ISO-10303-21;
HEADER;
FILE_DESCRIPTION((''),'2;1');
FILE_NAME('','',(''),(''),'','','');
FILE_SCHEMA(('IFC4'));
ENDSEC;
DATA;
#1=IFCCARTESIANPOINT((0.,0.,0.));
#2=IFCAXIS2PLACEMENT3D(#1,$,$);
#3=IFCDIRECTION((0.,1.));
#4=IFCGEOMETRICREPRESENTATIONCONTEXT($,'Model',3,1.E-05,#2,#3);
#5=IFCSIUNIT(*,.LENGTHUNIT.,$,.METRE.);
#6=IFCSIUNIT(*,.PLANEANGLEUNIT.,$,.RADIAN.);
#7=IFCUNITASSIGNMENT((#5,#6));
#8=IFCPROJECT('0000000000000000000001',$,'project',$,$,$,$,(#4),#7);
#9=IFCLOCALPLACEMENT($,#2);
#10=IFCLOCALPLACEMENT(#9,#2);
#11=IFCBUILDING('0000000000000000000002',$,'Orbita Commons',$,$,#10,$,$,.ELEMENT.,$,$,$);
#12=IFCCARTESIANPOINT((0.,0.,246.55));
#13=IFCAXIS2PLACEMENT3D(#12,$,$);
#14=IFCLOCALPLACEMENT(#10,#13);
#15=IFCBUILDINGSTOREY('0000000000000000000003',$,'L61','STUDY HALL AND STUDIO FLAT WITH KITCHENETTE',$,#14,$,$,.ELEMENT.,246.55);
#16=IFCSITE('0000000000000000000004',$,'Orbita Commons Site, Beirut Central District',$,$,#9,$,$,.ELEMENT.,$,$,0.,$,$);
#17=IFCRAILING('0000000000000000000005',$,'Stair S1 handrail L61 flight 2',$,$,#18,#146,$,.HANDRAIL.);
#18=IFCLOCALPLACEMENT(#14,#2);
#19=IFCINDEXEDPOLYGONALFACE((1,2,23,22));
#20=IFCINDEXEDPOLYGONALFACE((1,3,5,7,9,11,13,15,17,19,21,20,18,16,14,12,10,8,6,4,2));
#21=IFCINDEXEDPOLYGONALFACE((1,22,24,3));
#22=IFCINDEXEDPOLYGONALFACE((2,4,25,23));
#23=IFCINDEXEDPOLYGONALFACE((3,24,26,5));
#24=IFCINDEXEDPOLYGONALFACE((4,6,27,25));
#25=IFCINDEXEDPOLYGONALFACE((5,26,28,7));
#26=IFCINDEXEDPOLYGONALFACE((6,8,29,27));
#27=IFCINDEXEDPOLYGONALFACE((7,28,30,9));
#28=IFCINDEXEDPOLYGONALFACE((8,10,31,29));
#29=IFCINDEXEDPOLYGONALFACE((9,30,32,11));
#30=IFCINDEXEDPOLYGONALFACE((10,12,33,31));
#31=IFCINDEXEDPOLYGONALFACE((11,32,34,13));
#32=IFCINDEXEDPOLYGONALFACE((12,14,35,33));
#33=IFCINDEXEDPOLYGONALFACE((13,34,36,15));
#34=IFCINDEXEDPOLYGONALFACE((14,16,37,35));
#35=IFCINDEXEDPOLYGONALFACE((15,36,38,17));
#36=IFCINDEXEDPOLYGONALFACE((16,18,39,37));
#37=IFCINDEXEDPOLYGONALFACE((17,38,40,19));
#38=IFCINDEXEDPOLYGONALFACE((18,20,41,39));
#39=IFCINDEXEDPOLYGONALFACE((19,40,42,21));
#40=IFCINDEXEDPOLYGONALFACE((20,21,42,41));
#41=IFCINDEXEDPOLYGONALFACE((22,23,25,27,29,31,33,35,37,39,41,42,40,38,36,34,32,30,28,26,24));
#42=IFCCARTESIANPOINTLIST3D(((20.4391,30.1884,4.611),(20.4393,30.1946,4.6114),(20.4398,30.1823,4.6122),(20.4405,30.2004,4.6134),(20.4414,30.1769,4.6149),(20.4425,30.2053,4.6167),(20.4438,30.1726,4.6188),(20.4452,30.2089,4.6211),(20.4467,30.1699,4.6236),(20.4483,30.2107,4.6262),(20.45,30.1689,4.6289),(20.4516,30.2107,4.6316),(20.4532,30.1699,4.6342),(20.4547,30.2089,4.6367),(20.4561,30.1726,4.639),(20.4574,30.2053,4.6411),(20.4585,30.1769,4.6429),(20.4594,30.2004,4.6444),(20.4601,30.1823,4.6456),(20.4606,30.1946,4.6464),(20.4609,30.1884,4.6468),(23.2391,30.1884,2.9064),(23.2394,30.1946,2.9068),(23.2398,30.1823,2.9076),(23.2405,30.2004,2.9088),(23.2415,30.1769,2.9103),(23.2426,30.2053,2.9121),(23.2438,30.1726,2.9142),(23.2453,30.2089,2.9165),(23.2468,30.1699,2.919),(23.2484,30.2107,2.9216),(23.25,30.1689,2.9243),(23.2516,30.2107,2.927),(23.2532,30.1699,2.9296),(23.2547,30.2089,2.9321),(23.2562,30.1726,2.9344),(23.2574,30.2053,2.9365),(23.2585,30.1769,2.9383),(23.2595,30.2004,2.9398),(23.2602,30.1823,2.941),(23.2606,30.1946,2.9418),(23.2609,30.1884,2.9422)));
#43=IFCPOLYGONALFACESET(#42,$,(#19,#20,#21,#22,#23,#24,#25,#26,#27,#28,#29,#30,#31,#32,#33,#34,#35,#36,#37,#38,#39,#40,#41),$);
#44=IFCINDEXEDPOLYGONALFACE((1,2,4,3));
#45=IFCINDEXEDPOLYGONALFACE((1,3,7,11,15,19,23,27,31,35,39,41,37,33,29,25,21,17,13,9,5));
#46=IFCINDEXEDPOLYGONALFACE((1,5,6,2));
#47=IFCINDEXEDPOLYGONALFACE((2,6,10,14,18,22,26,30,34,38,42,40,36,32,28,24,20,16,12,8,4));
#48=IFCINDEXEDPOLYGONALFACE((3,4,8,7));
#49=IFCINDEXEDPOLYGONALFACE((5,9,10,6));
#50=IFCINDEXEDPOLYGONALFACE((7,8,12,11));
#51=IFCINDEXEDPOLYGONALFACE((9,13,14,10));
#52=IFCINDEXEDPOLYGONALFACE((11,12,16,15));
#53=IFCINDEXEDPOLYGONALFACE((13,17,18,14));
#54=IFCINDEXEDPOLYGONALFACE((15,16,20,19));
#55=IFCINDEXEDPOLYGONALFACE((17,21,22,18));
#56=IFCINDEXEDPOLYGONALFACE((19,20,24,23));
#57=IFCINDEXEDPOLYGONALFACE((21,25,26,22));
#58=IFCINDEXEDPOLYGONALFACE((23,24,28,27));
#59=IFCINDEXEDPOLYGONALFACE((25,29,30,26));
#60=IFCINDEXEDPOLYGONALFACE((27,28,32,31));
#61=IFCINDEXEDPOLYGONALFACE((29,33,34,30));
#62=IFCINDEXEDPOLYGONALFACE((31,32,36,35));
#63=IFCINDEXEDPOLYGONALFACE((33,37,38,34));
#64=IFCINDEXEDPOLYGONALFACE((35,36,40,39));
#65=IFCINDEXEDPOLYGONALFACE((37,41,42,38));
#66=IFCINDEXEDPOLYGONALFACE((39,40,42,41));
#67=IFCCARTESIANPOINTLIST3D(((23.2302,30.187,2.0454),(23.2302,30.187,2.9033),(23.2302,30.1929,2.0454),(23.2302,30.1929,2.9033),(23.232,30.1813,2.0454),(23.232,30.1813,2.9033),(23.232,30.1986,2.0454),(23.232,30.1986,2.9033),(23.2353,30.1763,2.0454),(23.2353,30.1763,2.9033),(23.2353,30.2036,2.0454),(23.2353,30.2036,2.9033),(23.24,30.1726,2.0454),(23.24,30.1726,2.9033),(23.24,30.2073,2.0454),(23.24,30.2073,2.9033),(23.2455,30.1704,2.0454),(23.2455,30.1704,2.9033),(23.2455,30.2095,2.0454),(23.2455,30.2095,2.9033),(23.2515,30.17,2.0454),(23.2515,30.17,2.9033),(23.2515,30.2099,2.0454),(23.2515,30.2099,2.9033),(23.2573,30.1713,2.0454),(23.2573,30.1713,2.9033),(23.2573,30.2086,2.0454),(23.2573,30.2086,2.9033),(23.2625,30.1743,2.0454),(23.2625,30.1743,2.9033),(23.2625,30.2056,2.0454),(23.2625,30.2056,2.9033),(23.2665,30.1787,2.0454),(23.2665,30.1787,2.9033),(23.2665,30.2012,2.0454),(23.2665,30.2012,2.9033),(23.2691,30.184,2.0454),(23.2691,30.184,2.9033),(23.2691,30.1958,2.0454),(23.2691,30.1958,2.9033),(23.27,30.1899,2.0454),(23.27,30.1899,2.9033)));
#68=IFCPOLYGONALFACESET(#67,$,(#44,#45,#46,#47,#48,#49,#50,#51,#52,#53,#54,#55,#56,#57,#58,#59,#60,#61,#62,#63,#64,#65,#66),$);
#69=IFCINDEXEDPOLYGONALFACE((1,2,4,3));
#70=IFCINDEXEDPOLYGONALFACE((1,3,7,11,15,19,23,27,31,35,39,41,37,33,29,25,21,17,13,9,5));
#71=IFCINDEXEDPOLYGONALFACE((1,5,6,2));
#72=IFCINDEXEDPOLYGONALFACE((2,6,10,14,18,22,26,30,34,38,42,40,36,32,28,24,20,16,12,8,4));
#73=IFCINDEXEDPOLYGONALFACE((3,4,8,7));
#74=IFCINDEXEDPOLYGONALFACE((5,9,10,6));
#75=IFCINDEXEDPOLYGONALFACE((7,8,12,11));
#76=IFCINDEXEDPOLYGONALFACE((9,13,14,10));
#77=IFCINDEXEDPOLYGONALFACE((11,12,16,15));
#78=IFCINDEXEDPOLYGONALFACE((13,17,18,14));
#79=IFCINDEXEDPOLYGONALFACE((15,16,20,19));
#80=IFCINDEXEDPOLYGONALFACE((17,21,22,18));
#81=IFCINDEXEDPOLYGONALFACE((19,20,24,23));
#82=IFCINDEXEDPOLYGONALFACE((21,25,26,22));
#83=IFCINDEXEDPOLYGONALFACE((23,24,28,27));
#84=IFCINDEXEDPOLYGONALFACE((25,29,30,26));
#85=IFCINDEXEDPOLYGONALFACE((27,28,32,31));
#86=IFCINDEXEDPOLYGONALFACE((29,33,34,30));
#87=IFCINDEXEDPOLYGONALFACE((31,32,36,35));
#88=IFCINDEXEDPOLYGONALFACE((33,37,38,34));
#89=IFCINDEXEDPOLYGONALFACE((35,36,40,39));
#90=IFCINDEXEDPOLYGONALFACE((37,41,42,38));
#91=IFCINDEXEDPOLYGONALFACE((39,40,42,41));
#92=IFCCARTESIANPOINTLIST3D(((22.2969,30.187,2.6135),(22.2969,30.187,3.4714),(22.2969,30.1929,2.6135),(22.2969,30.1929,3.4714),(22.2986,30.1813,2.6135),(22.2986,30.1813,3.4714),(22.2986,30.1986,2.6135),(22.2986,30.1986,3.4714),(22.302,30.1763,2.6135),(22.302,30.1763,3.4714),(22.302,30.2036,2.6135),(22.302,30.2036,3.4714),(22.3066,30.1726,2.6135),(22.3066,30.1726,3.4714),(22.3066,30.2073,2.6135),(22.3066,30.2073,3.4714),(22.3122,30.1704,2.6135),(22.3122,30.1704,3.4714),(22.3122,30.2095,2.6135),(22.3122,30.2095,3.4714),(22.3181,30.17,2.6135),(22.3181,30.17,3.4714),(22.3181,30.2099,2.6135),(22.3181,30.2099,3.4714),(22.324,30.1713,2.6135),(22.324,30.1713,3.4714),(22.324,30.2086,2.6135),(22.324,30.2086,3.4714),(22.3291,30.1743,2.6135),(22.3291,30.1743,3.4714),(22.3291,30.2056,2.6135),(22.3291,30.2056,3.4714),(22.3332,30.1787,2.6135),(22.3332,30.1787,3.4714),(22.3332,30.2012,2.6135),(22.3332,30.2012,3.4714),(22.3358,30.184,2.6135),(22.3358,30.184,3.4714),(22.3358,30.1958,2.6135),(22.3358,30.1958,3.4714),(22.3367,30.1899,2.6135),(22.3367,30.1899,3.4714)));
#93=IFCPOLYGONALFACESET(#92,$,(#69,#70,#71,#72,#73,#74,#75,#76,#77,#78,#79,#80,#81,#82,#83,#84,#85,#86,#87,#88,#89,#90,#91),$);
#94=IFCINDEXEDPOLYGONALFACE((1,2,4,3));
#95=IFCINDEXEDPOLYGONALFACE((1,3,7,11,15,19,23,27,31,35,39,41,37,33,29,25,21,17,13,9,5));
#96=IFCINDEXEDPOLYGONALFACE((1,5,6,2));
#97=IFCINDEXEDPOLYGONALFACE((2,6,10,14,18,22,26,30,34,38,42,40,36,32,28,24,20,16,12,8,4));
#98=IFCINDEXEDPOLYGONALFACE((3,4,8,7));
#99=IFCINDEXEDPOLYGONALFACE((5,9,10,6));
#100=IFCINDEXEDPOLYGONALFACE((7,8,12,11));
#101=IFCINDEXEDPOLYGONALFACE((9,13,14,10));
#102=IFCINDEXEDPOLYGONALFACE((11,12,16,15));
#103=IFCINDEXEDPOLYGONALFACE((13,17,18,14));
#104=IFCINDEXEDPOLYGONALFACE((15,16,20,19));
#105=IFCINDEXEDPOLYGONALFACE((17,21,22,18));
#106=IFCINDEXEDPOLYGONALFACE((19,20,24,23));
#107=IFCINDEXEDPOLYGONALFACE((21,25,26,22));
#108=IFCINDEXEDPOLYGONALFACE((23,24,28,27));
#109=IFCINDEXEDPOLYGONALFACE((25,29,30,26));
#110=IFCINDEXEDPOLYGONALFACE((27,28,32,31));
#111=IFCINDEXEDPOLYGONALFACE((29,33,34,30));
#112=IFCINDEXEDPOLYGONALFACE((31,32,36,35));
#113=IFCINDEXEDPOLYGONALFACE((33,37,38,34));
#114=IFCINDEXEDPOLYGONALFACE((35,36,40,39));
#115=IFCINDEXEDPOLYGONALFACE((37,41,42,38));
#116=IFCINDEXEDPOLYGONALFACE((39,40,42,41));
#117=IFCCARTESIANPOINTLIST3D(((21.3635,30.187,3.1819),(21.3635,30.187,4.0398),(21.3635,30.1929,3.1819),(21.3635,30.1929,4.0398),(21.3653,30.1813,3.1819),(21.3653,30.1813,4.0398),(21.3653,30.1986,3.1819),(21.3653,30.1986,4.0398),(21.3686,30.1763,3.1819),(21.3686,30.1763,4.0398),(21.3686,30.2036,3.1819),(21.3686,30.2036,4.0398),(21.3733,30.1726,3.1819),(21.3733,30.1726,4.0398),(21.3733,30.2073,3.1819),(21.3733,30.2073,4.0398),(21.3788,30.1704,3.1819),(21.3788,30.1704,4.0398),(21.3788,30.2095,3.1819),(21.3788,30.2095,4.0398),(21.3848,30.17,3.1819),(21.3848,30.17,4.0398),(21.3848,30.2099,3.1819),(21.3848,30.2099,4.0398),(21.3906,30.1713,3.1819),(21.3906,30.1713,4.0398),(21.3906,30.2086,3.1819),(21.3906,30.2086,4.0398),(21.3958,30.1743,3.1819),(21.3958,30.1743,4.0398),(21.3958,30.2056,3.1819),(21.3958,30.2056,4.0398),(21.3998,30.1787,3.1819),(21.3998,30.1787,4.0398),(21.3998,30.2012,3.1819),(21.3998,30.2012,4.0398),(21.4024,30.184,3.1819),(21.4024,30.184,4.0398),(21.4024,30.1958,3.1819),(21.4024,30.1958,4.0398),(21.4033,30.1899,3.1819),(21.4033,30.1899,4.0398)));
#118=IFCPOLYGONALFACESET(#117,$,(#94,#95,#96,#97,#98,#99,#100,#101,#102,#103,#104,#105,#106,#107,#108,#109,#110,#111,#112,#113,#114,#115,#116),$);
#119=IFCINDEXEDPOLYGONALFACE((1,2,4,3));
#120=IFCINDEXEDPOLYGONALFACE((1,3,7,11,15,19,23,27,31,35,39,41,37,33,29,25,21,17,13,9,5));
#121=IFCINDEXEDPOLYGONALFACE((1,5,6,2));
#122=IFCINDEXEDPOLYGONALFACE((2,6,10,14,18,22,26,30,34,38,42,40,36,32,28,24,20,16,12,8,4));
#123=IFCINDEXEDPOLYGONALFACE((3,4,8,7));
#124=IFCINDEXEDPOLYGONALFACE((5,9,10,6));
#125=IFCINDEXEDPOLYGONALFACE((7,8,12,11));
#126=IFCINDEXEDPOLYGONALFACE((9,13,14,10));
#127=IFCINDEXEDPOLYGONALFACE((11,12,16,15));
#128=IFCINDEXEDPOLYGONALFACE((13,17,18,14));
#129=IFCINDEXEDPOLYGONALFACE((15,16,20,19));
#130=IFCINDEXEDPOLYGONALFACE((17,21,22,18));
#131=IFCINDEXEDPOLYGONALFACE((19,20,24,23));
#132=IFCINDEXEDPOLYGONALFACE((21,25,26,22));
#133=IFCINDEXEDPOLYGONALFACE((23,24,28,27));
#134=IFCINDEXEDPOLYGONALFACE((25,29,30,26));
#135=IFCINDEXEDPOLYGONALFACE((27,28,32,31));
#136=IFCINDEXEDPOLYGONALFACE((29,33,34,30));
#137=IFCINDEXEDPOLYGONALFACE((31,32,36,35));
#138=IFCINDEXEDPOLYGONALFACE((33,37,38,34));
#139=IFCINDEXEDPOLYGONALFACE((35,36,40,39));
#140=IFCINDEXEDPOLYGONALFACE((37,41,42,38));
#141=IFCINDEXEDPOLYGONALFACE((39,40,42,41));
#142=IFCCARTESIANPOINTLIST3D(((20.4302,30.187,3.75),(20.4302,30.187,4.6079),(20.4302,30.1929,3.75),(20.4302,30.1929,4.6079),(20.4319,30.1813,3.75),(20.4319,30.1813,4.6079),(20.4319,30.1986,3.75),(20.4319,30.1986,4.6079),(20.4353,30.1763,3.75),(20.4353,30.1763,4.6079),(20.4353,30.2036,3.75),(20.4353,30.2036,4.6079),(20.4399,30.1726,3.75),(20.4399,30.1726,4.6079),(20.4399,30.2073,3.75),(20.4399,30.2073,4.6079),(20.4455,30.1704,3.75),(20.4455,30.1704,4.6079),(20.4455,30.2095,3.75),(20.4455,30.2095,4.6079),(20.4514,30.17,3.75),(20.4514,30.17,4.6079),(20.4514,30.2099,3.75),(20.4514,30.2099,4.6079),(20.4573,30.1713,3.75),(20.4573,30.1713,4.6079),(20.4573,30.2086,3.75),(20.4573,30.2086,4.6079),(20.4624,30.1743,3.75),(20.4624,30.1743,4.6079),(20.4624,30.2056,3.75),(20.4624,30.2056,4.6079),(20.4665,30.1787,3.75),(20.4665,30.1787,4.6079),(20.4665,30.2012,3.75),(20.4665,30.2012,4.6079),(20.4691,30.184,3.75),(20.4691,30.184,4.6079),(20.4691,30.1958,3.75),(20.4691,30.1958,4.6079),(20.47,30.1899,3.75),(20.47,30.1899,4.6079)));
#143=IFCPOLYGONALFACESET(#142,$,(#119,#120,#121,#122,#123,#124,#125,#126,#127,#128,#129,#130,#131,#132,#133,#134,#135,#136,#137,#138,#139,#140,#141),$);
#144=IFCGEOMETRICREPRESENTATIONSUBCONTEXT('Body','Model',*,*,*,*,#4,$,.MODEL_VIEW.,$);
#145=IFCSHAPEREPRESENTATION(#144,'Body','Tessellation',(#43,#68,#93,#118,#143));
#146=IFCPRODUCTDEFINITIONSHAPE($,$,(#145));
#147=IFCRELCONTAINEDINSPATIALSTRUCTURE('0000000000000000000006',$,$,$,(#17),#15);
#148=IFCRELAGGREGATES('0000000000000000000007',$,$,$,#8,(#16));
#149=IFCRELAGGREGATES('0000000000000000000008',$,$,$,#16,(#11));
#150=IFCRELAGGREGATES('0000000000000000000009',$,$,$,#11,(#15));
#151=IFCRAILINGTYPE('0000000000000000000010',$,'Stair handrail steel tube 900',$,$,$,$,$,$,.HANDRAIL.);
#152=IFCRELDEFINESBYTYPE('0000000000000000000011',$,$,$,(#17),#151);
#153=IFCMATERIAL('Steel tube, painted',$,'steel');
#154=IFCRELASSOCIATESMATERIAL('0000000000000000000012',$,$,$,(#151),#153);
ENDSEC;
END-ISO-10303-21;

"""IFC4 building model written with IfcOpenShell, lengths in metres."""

from ifc_helpers import new_model, si_unit, direction, frame, origin, origin_2d, place, context, subcontext, project, spatial, circle, extrude, material, type_object, element, save


model = new_model("IFC4")

# Units and contexts
model_context = context("Model", 3, precision=1e-05, world=origin(), true_north=direction((0.0, 1.0)))
body_context = subcontext(model_context, "Body", "Model", "MODEL_VIEW")
ifc_project = project(units=[si_unit("LENGTHUNIT", "METRE"), si_unit("PLANEANGLEUNIT", "RADIAN")], contexts=[model_context])

# Site, building, storey
site_placement = place(None, origin())
site = spatial("IfcSite", under=ifc_project, at=site_placement, Name="Orbita Commons Site, Beirut Central District", CompositionType="ELEMENT", RefElevation=0.0)
building_placement = place(site_placement, origin())
building = spatial("IfcBuilding", under=site, at=building_placement, Name="Orbita Commons", CompositionType="ELEMENT")
storey_placement = place(building_placement, frame((0.0, 0.0, 246.55)))
storey = spatial("IfcBuildingStorey", under=building, at=storey_placement, Name="L61", Description="STUDY HALL AND STUDIO FLAT WITH KITCHENETTE", CompositionType="ELEMENT", Elevation=246.55)

# Railing
ifc_material_1 = material(Name="Steel tube, painted", Category="steel")
railing_type = type_object("IfcRailingType", Name="Stair handrail steel tube 900", PredefinedType="HANDRAIL", material=ifc_material_1)
for number, where, name in (
    (1, (23.25, 30.1899, 2.0454), "Stair S1 handrail L61 flight 2"),
):
    element("IfcRailing", number, at=place(storey_placement, frame(where)), inside=storey, type_object=railing_type, Name=name, PredefinedType="HANDRAIL", context=body_context, shape_type="SweptSolid", body=[
        extrude(circle(Radius=0.021, at=origin_2d()), frame((0.0, 0.0, 0.8789), z_axis=(-0.85417, 0.0, 0.519994), x_axis=(0.0, -1.0, 0.0)), (0.0, 0.0, 1.0), 3.2781),
        extrude(circle(Radius=0.02, at=origin_2d()), origin(), (0.0, 0.0, 1.0), 0.8579),
        extrude(circle(Radius=0.02, at=origin_2d()), frame((-0.9333, 0.0, 0.5681)), (0.0, 0.0, 1.0), 0.8579),
        extrude(circle(Radius=0.02, at=origin_2d()), frame((-1.8667, 0.0, 1.1365)), (0.0, 0.0, 1.0), 0.8579),
        extrude(circle(Radius=0.02, at=origin_2d()), frame((-2.8, 0.0, 1.7046)), (0.0, 0.0, 1.0), 0.8579),
    ])

save(model, "model.ifc")
